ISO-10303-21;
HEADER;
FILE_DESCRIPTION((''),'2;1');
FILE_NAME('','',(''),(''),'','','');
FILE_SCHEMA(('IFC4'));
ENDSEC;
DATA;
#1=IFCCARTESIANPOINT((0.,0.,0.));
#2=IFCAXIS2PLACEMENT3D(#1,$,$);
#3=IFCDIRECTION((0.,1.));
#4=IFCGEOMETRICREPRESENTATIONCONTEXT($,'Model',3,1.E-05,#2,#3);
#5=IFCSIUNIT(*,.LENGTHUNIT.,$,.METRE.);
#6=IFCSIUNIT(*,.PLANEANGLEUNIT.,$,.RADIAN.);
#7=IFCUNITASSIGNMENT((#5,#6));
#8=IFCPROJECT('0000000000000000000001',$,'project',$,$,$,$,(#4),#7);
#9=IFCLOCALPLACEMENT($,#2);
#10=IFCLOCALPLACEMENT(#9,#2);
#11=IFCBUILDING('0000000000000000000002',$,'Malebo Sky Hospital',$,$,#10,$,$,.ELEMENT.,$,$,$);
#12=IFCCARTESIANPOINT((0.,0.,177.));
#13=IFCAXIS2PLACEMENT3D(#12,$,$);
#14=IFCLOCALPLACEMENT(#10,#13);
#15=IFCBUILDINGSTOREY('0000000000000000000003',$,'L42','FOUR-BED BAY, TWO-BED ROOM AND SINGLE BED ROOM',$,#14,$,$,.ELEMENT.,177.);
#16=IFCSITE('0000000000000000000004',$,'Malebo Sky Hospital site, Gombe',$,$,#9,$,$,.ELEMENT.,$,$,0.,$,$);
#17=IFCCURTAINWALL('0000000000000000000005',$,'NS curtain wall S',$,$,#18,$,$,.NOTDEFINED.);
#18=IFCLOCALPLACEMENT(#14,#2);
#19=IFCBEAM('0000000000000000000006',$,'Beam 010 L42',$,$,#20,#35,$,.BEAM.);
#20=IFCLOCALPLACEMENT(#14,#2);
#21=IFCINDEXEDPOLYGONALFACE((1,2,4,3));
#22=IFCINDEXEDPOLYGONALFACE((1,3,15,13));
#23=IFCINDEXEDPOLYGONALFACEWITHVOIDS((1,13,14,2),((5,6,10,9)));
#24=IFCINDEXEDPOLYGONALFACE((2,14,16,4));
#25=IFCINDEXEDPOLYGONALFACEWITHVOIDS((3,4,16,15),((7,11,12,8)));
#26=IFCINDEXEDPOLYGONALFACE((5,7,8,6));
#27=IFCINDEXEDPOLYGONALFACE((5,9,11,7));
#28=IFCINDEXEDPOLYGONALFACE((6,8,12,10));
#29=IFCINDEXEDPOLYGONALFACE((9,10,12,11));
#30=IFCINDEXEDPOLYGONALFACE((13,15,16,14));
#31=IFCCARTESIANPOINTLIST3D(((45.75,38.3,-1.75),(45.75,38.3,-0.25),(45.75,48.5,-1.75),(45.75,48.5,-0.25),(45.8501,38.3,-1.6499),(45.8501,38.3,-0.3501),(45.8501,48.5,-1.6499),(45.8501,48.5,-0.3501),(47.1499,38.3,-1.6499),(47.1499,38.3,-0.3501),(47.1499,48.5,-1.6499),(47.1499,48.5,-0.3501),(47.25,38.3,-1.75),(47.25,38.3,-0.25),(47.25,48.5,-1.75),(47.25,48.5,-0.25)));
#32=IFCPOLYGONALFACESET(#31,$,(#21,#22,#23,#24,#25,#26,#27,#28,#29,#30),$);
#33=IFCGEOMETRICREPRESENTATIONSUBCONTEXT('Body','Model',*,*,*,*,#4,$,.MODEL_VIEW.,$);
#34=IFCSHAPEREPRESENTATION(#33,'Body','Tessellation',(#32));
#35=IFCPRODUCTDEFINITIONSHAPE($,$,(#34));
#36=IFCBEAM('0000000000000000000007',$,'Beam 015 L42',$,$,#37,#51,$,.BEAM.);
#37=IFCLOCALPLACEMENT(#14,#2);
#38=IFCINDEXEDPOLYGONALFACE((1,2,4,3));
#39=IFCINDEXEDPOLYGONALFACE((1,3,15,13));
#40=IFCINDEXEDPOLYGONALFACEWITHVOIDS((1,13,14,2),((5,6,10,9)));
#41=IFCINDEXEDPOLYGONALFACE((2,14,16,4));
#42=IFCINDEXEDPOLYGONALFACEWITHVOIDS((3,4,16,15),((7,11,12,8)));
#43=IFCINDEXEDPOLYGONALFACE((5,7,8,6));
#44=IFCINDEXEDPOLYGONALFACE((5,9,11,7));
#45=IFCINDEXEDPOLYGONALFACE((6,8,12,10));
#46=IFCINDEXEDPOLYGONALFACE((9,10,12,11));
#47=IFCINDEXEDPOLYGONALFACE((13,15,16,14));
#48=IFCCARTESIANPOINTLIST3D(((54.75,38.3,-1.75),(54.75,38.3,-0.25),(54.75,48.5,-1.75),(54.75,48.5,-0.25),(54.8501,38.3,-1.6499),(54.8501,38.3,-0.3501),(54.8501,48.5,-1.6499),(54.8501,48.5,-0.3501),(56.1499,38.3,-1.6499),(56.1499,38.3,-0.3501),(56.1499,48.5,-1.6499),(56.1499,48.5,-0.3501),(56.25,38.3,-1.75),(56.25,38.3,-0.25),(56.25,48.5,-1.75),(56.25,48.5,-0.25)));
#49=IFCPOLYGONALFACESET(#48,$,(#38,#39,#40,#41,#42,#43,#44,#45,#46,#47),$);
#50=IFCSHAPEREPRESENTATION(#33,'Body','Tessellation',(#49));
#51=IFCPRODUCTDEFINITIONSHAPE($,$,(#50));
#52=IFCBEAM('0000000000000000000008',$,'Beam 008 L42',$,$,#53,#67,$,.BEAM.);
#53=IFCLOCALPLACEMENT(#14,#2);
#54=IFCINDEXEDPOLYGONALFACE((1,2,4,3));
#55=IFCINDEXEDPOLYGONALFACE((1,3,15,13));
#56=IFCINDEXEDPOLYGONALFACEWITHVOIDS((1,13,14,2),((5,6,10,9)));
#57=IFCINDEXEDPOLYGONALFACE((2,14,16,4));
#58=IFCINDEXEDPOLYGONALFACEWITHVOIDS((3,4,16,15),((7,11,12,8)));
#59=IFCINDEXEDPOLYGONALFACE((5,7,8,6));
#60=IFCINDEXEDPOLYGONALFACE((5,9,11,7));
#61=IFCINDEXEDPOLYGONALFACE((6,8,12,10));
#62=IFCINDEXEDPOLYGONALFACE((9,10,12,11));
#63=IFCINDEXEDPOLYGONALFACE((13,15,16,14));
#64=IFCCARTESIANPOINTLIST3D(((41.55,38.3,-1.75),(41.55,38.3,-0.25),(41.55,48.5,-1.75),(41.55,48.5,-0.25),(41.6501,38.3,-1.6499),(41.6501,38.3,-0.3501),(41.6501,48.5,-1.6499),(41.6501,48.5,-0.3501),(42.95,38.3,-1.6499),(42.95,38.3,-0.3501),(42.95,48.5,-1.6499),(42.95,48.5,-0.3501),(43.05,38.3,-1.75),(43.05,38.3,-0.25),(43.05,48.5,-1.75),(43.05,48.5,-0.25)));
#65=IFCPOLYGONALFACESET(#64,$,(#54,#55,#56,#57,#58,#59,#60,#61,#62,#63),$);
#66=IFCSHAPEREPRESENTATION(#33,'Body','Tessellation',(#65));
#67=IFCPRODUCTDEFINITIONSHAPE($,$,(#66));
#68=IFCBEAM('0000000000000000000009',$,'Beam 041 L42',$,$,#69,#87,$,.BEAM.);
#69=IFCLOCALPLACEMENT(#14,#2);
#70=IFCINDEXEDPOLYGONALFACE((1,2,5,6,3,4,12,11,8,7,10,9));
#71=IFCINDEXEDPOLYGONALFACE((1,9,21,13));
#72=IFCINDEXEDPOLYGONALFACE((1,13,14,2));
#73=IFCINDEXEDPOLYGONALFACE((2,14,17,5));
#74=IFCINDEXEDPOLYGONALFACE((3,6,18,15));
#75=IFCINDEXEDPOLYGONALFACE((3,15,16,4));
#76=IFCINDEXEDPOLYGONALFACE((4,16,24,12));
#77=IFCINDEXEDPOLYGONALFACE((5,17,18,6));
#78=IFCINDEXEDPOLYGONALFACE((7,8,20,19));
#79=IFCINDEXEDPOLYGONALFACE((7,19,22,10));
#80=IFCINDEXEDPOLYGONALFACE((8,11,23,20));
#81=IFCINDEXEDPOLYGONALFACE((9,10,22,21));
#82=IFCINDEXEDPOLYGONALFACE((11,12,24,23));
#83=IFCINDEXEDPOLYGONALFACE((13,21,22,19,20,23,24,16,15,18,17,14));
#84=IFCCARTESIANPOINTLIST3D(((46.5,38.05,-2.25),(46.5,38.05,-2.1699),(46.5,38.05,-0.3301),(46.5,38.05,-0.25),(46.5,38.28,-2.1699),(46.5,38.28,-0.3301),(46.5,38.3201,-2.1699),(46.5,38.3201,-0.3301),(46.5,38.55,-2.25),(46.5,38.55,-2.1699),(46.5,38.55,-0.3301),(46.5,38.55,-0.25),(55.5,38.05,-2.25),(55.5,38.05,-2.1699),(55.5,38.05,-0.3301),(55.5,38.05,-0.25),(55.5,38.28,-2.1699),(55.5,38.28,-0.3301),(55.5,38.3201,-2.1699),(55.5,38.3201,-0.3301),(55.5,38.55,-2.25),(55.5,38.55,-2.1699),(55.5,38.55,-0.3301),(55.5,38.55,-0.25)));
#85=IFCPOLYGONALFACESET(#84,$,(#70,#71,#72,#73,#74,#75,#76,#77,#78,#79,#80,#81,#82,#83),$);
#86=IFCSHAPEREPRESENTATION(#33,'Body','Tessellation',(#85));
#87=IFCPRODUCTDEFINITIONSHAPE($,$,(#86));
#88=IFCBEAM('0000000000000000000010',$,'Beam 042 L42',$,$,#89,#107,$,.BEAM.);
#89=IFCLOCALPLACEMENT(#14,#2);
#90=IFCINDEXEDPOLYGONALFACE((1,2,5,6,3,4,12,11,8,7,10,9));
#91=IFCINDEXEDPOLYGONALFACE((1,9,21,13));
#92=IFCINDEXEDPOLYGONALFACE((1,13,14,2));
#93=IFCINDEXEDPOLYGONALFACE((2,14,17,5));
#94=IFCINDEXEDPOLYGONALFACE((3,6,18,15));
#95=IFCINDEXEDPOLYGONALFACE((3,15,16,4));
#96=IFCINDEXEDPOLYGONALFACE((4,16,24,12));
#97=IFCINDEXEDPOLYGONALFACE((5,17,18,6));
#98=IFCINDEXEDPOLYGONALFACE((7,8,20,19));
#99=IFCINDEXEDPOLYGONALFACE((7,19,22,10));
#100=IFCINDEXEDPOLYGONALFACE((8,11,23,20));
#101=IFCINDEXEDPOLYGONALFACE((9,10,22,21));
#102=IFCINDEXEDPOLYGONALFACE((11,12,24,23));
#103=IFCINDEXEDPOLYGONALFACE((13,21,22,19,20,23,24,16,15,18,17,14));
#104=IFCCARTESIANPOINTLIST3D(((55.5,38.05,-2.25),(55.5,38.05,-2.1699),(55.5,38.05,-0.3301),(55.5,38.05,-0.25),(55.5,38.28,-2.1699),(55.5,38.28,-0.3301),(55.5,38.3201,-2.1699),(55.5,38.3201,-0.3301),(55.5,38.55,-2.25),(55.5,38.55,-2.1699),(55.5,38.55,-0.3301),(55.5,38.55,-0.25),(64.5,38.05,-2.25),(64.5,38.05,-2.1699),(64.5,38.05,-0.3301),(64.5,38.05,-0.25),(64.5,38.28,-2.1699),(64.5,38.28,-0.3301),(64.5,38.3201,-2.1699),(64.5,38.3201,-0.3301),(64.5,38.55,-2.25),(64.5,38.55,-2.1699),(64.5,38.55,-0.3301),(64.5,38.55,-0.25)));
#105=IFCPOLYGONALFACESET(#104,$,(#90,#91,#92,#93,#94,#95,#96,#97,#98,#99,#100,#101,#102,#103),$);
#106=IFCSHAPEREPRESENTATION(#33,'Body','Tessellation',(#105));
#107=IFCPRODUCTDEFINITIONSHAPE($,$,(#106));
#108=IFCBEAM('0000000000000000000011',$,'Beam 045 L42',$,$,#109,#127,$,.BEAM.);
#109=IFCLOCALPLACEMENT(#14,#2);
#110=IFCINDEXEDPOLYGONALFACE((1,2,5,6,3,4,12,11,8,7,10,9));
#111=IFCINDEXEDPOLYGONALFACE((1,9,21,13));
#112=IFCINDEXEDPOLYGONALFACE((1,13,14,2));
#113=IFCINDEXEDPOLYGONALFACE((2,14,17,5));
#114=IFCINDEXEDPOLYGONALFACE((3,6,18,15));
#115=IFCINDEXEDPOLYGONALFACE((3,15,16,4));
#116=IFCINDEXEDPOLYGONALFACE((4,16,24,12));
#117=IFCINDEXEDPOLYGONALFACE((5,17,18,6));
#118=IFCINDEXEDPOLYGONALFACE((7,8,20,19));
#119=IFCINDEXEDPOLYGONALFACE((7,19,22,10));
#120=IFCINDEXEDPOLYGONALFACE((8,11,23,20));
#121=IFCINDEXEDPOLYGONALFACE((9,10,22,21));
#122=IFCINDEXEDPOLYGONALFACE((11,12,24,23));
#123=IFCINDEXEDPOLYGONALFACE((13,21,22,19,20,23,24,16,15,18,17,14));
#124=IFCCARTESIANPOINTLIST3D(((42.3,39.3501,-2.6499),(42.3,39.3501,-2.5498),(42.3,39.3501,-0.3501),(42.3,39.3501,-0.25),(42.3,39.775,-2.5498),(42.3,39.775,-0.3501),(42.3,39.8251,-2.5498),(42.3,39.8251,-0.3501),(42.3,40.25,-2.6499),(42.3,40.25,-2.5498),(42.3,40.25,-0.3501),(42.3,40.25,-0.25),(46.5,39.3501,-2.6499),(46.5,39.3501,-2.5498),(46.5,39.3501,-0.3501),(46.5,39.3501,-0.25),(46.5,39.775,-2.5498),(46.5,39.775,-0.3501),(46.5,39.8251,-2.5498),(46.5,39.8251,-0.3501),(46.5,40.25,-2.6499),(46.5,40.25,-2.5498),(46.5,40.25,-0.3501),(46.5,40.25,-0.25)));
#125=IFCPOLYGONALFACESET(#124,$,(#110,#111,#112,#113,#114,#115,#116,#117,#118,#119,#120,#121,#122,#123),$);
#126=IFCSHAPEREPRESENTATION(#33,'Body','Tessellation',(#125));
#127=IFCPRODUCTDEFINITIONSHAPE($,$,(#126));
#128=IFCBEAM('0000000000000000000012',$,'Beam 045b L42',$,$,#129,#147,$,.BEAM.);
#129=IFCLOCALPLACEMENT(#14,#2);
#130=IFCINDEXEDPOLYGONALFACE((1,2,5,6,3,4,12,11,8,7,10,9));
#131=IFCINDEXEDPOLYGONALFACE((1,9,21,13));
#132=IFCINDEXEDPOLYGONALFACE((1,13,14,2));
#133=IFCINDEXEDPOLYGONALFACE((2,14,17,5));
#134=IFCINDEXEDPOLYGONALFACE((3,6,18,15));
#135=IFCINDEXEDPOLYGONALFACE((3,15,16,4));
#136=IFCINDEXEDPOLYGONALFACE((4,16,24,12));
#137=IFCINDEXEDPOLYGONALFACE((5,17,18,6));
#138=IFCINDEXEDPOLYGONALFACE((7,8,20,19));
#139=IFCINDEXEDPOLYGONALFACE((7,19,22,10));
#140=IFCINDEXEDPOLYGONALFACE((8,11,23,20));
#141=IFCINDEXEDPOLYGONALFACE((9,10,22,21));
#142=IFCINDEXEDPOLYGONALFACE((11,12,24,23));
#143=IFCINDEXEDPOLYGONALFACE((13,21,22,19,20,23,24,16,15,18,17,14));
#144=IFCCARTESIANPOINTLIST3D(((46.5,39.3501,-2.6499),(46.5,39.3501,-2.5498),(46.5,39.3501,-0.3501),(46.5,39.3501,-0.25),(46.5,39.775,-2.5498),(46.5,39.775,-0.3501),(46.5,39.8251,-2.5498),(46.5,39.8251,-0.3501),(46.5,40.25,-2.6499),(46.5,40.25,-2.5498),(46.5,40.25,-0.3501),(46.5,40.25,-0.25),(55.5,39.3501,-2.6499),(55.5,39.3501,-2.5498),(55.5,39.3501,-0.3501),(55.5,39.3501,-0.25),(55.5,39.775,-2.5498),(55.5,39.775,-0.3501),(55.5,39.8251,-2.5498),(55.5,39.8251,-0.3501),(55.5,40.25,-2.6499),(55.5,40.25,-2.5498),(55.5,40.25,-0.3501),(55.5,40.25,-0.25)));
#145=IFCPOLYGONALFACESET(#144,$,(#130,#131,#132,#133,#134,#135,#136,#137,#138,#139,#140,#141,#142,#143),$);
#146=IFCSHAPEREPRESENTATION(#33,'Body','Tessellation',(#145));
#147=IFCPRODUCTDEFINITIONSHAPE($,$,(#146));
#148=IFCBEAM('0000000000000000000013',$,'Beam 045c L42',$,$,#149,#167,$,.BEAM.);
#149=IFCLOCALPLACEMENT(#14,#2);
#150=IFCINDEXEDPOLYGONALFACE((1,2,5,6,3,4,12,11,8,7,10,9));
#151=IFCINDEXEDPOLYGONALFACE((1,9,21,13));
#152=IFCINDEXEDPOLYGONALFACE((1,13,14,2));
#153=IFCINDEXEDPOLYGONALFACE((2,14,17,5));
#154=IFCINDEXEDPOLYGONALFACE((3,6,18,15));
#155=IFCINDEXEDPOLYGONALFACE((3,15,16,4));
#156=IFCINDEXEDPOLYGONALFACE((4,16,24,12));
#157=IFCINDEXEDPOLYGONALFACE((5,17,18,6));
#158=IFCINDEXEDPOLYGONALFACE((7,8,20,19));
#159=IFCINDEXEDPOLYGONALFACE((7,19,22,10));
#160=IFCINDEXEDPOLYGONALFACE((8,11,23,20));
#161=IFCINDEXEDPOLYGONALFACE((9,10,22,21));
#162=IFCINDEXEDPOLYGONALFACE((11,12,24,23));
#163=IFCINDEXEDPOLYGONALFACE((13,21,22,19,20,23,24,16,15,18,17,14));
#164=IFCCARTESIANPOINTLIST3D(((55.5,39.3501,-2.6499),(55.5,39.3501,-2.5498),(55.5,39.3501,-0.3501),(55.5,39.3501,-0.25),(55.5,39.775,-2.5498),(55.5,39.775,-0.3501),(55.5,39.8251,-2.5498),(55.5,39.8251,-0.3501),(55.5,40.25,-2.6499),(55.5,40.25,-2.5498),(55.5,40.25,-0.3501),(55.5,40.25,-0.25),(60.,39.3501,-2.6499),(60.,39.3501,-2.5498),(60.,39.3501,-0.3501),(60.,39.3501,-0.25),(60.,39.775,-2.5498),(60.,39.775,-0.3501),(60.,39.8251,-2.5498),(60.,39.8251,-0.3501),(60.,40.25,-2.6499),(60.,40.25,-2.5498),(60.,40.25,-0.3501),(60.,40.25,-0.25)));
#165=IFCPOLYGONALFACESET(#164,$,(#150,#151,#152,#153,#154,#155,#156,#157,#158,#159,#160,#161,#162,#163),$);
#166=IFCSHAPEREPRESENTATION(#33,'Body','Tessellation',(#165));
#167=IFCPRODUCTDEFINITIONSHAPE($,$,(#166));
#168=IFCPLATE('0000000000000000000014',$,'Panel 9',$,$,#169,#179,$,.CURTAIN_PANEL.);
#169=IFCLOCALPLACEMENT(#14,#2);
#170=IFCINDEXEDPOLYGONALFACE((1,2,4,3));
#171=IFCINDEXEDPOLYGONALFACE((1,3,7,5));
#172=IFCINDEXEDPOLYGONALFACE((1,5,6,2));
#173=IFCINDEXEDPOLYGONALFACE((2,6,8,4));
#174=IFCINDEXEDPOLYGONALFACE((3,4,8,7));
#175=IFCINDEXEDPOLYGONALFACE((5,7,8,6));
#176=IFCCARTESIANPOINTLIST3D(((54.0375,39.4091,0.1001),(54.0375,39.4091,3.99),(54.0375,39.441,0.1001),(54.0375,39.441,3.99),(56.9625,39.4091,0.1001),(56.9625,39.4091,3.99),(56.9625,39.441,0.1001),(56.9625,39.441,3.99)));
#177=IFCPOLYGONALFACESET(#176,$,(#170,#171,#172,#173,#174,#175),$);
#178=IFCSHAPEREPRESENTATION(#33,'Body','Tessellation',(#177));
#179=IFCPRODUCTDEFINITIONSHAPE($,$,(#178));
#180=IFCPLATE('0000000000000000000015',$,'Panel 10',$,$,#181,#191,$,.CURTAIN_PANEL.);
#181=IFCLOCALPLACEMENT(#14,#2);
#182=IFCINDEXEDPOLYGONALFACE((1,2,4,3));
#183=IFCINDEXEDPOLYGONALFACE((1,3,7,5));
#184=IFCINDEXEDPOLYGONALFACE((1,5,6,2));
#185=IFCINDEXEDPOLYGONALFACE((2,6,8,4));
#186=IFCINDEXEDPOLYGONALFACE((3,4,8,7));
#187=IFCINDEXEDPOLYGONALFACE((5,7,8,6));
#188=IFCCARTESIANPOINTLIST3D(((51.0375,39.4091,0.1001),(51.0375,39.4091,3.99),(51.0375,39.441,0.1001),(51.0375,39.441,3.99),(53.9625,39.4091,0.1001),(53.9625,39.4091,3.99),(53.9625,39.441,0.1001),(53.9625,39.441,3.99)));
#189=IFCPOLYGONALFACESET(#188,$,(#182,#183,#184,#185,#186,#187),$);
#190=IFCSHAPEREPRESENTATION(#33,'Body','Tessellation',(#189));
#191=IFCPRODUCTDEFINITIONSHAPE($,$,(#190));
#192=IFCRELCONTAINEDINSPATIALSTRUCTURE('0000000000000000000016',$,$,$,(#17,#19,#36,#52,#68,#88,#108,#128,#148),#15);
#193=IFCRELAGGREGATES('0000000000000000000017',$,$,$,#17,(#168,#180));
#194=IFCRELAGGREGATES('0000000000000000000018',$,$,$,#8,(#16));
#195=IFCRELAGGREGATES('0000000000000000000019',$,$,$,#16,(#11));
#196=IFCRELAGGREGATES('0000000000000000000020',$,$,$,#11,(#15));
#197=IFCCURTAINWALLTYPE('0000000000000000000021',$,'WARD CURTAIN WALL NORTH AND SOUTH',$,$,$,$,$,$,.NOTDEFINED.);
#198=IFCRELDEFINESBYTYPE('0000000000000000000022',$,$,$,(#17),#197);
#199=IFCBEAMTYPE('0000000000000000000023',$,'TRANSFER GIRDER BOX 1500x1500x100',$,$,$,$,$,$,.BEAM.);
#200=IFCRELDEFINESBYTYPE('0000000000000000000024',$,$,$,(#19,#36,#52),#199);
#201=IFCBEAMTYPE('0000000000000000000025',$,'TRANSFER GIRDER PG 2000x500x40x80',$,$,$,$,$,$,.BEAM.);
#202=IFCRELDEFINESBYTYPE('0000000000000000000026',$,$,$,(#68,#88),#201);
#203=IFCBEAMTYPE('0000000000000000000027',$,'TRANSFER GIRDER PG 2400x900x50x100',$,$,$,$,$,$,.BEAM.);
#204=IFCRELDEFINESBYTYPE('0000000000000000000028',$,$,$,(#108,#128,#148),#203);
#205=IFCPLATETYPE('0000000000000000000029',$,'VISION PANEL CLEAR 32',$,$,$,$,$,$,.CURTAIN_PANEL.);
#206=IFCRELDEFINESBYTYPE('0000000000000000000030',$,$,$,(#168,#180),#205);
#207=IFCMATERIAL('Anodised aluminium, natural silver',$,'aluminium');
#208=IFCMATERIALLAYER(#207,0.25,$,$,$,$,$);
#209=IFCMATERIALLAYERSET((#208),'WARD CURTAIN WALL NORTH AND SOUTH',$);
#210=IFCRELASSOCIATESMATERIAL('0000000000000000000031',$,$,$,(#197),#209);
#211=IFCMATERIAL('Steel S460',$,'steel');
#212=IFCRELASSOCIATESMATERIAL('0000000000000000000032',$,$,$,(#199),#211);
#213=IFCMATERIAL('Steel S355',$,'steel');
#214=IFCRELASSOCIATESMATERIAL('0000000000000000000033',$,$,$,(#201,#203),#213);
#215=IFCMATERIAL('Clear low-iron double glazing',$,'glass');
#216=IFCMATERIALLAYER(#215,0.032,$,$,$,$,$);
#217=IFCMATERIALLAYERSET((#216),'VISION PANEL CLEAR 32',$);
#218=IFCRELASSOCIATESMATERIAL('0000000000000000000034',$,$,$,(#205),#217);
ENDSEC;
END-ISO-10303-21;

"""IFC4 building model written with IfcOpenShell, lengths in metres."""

from ifc_helpers import new_model, si_unit, direction, frame, origin, origin_2d, place, context, subcontext, project, spatial, rectangle, hollow_rectangle, i_section, extrude, material, layer, layer_set, material_profile, profile_set, type_object, element, aggregate, save


model = new_model("IFC4")

# Units and contexts
model_context = context("Model", 3, precision=1e-05, world=origin(), true_north=direction((0.0, 1.0)))
body_context = subcontext(model_context, "Body", "Model", "MODEL_VIEW")
ifc_project = project(units=[si_unit("LENGTHUNIT", "METRE"), si_unit("PLANEANGLEUNIT", "RADIAN")], contexts=[model_context])

# Site, building, storey
site_placement = place(None, origin())
site = spatial("IfcSite", under=ifc_project, at=site_placement, Name="Malebo Sky Hospital site, Gombe", CompositionType="ELEMENT", RefElevation=0.0)
building_placement = place(site_placement, origin())
building = spatial("IfcBuilding", under=site, at=building_placement, Name="Malebo Sky Hospital", CompositionType="ELEMENT")
storey_placement = place(building_placement, frame((0.0, 0.0, 177.0)))
storey = spatial("IfcBuildingStorey", under=building, at=storey_placement, Name="L42", Description="FOUR-BED BAY, TWO-BED ROOM AND SINGLE BED ROOM", CompositionType="ELEMENT", Elevation=177.0)

# Shared definitions
ifc_material_1 = material(Name="Steel S460", Category="steel")

# Curtain wall
ifc_material_2 = material(Name="Anodised aluminium, natural silver", Category="aluminium")
ifc_layer_1 = layer(ifc_material_2, 0.25)
ifc_layer_set_1 = layer_set([ifc_layer_1], Name="WARD CURTAIN WALL NORTH AND SOUTH")
curtain_wall_type = type_object("IfcCurtainWallType", Name="WARD CURTAIN WALL NORTH AND SOUTH", PredefinedType="NOTDEFINED", material=ifc_layer_set_1)
curtain_wall_placement = place(storey_placement, origin())
curtain_wall = element("IfcCurtainWall", 1, at=curtain_wall_placement, inside=storey, type_object=curtain_wall_type, Name="NS curtain wall S", PredefinedType="NOTDEFINED")

# Beams
ifc_material_profile_1 = material_profile(ifc_material_1, hollow_rectangle(XDim=1.5, YDim=1.5, WallThickness=0.1001, at=origin_2d()), Name="BOX 1500x1500x100")
ifc_profile_set_1 = profile_set([ifc_material_profile_1], Name="Steel S460")
beam_type_1 = type_object("IfcBeamType", Name="TRANSFER GIRDER BOX 1500x1500x100", PredefinedType="BEAM", material=ifc_profile_set_1)
for number, where, z_axis, x_axis, name in (
    (2, (46.5, 38.3, -1.0), (0.0, 1.0, 0.0), (-1.0, 0.0, 0.0), "Beam 010 L42"),
    (3, (55.5, 38.3, -1.0), (0.0, 1.0, 0.0), (-1.0, 0.0, 0.0), "Beam 015 L42"),
    (4, (42.3, 38.3, -1.0), (0.0, 1.0, 0.0), (-1.0, 0.0, 0.0), "Beam 008 L42"),
):
    element("IfcBeam", number, at=place(storey_placement, frame(where, z_axis=z_axis, x_axis=x_axis)), inside=storey, type_object=beam_type_1, Name=name, PredefinedType="BEAM", context=body_context, shape_type="SweptSolid", body=[
        extrude(hollow_rectangle(XDim=1.5, YDim=1.5, WallThickness=0.1001, at=origin_2d()), origin(), (0.0, 0.0, 1.0), 10.2),
    ])
ifc_material_3 = material(Name="Steel S355", Category="steel")
ifc_material_profile_2 = material_profile(ifc_material_3, i_section(OverallWidth=0.5, OverallDepth=2.0, WebThickness=0.04, FlangeThickness=0.0801, at=origin_2d()), Name="PG 2000x500x40x80")
ifc_profile_set_2 = profile_set([ifc_material_profile_2], Name="Steel S355")
beam_type_2 = type_object("IfcBeamType", Name="TRANSFER GIRDER PG 2000x500x40x80", PredefinedType="BEAM", material=ifc_profile_set_2)
for number, where, z_axis, x_axis, name in (
    (5, (46.5, 38.3, -1.25), (1.0, 0.0, 0.0), (0.0, 1.0, 0.0), "Beam 041 L42"),
    (6, (55.5, 38.3, -1.25), (1.0, 0.0, 0.0), (0.0, 1.0, 0.0), "Beam 042 L42"),
):
    element("IfcBeam", number, at=place(storey_placement, frame(where, z_axis=z_axis, x_axis=x_axis)), inside=storey, type_object=beam_type_2, Name=name, PredefinedType="BEAM", context=body_context, shape_type="SweptSolid", body=[
        extrude(i_section(OverallWidth=0.5, OverallDepth=2.0, WebThickness=0.04, FlangeThickness=0.0801, at=origin_2d()), origin(), (0.0, 0.0, 1.0), 9.0),
    ])
ifc_material_profile_3 = material_profile(ifc_material_3, i_section(OverallWidth=0.8999, OverallDepth=2.3999, WebThickness=0.05, FlangeThickness=0.1001, at=origin_2d()), Name="PG 2400x900x50x100")
ifc_profile_set_3 = profile_set([ifc_material_profile_3], Name="Steel S355")
beam_type_3 = type_object("IfcBeamType", Name="TRANSFER GIRDER PG 2400x900x50x100", PredefinedType="BEAM", material=ifc_profile_set_3)
beam_1_placement = place(storey_placement, frame((42.3, 39.8, -1.45), z_axis=(1.0, 0.0, 0.0), x_axis=(0.0, 1.0, 0.0)))
element("IfcBeam", 7, at=beam_1_placement, inside=storey, type_object=beam_type_3, Name="Beam 045 L42", PredefinedType="BEAM", context=body_context, shape_type="SweptSolid", body=[
    extrude(i_section(OverallWidth=0.8999, OverallDepth=2.3999, WebThickness=0.05, FlangeThickness=0.1001, at=origin_2d()), origin(), (0.0, 0.0, 1.0), 4.2),
])
beam_2_placement = place(storey_placement, frame((46.5, 39.8, -1.45), z_axis=(1.0, 0.0, 0.0), x_axis=(0.0, 1.0, 0.0)))
element("IfcBeam", 8, at=beam_2_placement, inside=storey, type_object=beam_type_3, Name="Beam 045b L42", PredefinedType="BEAM", context=body_context, shape_type="SweptSolid", body=[
    extrude(i_section(OverallWidth=0.8999, OverallDepth=2.3999, WebThickness=0.05, FlangeThickness=0.1001, at=origin_2d()), origin(), (0.0, 0.0, 1.0), 9.0),
])
beam_3_placement = place(storey_placement, frame((55.5, 39.8, -1.45), z_axis=(1.0, 0.0, 0.0), x_axis=(0.0, 1.0, 0.0)))
element("IfcBeam", 9, at=beam_3_placement, inside=storey, type_object=beam_type_3, Name="Beam 045c L42", PredefinedType="BEAM", context=body_context, shape_type="SweptSolid", body=[
    extrude(i_section(OverallWidth=0.8999, OverallDepth=2.3999, WebThickness=0.05, FlangeThickness=0.1001, at=origin_2d()), origin(), (0.0, 0.0, 1.0), 4.5),
])

# Plates
ifc_material_4 = material(Name="Clear low-iron double glazing", Category="glass")
ifc_layer_2 = layer(ifc_material_4, 0.032)
ifc_layer_set_2 = layer_set([ifc_layer_2], Name="VISION PANEL CLEAR 32")
plate_type = type_object("IfcPlateType", Name="VISION PANEL CLEAR 32", PredefinedType="CURTAIN_PANEL", material=ifc_layer_set_2)
plate_1_placement = place(storey_placement, frame((55.5, 39.425, 0.1001), z_axis=(0.0, 0.0, 1.0), x_axis=(-1.0, 0.0, 0.0)))
plate_1 = element("IfcPlate", 10, at=plate_1_placement, type_object=plate_type, Name="Panel 9", PredefinedType="CURTAIN_PANEL", context=body_context, shape_type="SweptSolid", body=[
    extrude(rectangle(XDim=2.925, YDim=0.032, at=origin_2d()), origin(), (0.0, 0.0, 1.0), 3.8899),
])
plate_2_placement = place(storey_placement, frame((52.5, 39.425, 0.1001), z_axis=(0.0, 0.0, 1.0), x_axis=(-1.0, 0.0, 0.0)))
plate_2 = element("IfcPlate", 11, at=plate_2_placement, type_object=plate_type, Name="Panel 10", PredefinedType="CURTAIN_PANEL", context=body_context, shape_type="SweptSolid", body=[
    extrude(rectangle(XDim=2.925, YDim=0.032, at=origin_2d()), origin(), (0.0, 0.0, 1.0), 3.8899),
])
aggregate(curtain_wall, [plate_1, plate_2])

save(model, "model.ifc")
